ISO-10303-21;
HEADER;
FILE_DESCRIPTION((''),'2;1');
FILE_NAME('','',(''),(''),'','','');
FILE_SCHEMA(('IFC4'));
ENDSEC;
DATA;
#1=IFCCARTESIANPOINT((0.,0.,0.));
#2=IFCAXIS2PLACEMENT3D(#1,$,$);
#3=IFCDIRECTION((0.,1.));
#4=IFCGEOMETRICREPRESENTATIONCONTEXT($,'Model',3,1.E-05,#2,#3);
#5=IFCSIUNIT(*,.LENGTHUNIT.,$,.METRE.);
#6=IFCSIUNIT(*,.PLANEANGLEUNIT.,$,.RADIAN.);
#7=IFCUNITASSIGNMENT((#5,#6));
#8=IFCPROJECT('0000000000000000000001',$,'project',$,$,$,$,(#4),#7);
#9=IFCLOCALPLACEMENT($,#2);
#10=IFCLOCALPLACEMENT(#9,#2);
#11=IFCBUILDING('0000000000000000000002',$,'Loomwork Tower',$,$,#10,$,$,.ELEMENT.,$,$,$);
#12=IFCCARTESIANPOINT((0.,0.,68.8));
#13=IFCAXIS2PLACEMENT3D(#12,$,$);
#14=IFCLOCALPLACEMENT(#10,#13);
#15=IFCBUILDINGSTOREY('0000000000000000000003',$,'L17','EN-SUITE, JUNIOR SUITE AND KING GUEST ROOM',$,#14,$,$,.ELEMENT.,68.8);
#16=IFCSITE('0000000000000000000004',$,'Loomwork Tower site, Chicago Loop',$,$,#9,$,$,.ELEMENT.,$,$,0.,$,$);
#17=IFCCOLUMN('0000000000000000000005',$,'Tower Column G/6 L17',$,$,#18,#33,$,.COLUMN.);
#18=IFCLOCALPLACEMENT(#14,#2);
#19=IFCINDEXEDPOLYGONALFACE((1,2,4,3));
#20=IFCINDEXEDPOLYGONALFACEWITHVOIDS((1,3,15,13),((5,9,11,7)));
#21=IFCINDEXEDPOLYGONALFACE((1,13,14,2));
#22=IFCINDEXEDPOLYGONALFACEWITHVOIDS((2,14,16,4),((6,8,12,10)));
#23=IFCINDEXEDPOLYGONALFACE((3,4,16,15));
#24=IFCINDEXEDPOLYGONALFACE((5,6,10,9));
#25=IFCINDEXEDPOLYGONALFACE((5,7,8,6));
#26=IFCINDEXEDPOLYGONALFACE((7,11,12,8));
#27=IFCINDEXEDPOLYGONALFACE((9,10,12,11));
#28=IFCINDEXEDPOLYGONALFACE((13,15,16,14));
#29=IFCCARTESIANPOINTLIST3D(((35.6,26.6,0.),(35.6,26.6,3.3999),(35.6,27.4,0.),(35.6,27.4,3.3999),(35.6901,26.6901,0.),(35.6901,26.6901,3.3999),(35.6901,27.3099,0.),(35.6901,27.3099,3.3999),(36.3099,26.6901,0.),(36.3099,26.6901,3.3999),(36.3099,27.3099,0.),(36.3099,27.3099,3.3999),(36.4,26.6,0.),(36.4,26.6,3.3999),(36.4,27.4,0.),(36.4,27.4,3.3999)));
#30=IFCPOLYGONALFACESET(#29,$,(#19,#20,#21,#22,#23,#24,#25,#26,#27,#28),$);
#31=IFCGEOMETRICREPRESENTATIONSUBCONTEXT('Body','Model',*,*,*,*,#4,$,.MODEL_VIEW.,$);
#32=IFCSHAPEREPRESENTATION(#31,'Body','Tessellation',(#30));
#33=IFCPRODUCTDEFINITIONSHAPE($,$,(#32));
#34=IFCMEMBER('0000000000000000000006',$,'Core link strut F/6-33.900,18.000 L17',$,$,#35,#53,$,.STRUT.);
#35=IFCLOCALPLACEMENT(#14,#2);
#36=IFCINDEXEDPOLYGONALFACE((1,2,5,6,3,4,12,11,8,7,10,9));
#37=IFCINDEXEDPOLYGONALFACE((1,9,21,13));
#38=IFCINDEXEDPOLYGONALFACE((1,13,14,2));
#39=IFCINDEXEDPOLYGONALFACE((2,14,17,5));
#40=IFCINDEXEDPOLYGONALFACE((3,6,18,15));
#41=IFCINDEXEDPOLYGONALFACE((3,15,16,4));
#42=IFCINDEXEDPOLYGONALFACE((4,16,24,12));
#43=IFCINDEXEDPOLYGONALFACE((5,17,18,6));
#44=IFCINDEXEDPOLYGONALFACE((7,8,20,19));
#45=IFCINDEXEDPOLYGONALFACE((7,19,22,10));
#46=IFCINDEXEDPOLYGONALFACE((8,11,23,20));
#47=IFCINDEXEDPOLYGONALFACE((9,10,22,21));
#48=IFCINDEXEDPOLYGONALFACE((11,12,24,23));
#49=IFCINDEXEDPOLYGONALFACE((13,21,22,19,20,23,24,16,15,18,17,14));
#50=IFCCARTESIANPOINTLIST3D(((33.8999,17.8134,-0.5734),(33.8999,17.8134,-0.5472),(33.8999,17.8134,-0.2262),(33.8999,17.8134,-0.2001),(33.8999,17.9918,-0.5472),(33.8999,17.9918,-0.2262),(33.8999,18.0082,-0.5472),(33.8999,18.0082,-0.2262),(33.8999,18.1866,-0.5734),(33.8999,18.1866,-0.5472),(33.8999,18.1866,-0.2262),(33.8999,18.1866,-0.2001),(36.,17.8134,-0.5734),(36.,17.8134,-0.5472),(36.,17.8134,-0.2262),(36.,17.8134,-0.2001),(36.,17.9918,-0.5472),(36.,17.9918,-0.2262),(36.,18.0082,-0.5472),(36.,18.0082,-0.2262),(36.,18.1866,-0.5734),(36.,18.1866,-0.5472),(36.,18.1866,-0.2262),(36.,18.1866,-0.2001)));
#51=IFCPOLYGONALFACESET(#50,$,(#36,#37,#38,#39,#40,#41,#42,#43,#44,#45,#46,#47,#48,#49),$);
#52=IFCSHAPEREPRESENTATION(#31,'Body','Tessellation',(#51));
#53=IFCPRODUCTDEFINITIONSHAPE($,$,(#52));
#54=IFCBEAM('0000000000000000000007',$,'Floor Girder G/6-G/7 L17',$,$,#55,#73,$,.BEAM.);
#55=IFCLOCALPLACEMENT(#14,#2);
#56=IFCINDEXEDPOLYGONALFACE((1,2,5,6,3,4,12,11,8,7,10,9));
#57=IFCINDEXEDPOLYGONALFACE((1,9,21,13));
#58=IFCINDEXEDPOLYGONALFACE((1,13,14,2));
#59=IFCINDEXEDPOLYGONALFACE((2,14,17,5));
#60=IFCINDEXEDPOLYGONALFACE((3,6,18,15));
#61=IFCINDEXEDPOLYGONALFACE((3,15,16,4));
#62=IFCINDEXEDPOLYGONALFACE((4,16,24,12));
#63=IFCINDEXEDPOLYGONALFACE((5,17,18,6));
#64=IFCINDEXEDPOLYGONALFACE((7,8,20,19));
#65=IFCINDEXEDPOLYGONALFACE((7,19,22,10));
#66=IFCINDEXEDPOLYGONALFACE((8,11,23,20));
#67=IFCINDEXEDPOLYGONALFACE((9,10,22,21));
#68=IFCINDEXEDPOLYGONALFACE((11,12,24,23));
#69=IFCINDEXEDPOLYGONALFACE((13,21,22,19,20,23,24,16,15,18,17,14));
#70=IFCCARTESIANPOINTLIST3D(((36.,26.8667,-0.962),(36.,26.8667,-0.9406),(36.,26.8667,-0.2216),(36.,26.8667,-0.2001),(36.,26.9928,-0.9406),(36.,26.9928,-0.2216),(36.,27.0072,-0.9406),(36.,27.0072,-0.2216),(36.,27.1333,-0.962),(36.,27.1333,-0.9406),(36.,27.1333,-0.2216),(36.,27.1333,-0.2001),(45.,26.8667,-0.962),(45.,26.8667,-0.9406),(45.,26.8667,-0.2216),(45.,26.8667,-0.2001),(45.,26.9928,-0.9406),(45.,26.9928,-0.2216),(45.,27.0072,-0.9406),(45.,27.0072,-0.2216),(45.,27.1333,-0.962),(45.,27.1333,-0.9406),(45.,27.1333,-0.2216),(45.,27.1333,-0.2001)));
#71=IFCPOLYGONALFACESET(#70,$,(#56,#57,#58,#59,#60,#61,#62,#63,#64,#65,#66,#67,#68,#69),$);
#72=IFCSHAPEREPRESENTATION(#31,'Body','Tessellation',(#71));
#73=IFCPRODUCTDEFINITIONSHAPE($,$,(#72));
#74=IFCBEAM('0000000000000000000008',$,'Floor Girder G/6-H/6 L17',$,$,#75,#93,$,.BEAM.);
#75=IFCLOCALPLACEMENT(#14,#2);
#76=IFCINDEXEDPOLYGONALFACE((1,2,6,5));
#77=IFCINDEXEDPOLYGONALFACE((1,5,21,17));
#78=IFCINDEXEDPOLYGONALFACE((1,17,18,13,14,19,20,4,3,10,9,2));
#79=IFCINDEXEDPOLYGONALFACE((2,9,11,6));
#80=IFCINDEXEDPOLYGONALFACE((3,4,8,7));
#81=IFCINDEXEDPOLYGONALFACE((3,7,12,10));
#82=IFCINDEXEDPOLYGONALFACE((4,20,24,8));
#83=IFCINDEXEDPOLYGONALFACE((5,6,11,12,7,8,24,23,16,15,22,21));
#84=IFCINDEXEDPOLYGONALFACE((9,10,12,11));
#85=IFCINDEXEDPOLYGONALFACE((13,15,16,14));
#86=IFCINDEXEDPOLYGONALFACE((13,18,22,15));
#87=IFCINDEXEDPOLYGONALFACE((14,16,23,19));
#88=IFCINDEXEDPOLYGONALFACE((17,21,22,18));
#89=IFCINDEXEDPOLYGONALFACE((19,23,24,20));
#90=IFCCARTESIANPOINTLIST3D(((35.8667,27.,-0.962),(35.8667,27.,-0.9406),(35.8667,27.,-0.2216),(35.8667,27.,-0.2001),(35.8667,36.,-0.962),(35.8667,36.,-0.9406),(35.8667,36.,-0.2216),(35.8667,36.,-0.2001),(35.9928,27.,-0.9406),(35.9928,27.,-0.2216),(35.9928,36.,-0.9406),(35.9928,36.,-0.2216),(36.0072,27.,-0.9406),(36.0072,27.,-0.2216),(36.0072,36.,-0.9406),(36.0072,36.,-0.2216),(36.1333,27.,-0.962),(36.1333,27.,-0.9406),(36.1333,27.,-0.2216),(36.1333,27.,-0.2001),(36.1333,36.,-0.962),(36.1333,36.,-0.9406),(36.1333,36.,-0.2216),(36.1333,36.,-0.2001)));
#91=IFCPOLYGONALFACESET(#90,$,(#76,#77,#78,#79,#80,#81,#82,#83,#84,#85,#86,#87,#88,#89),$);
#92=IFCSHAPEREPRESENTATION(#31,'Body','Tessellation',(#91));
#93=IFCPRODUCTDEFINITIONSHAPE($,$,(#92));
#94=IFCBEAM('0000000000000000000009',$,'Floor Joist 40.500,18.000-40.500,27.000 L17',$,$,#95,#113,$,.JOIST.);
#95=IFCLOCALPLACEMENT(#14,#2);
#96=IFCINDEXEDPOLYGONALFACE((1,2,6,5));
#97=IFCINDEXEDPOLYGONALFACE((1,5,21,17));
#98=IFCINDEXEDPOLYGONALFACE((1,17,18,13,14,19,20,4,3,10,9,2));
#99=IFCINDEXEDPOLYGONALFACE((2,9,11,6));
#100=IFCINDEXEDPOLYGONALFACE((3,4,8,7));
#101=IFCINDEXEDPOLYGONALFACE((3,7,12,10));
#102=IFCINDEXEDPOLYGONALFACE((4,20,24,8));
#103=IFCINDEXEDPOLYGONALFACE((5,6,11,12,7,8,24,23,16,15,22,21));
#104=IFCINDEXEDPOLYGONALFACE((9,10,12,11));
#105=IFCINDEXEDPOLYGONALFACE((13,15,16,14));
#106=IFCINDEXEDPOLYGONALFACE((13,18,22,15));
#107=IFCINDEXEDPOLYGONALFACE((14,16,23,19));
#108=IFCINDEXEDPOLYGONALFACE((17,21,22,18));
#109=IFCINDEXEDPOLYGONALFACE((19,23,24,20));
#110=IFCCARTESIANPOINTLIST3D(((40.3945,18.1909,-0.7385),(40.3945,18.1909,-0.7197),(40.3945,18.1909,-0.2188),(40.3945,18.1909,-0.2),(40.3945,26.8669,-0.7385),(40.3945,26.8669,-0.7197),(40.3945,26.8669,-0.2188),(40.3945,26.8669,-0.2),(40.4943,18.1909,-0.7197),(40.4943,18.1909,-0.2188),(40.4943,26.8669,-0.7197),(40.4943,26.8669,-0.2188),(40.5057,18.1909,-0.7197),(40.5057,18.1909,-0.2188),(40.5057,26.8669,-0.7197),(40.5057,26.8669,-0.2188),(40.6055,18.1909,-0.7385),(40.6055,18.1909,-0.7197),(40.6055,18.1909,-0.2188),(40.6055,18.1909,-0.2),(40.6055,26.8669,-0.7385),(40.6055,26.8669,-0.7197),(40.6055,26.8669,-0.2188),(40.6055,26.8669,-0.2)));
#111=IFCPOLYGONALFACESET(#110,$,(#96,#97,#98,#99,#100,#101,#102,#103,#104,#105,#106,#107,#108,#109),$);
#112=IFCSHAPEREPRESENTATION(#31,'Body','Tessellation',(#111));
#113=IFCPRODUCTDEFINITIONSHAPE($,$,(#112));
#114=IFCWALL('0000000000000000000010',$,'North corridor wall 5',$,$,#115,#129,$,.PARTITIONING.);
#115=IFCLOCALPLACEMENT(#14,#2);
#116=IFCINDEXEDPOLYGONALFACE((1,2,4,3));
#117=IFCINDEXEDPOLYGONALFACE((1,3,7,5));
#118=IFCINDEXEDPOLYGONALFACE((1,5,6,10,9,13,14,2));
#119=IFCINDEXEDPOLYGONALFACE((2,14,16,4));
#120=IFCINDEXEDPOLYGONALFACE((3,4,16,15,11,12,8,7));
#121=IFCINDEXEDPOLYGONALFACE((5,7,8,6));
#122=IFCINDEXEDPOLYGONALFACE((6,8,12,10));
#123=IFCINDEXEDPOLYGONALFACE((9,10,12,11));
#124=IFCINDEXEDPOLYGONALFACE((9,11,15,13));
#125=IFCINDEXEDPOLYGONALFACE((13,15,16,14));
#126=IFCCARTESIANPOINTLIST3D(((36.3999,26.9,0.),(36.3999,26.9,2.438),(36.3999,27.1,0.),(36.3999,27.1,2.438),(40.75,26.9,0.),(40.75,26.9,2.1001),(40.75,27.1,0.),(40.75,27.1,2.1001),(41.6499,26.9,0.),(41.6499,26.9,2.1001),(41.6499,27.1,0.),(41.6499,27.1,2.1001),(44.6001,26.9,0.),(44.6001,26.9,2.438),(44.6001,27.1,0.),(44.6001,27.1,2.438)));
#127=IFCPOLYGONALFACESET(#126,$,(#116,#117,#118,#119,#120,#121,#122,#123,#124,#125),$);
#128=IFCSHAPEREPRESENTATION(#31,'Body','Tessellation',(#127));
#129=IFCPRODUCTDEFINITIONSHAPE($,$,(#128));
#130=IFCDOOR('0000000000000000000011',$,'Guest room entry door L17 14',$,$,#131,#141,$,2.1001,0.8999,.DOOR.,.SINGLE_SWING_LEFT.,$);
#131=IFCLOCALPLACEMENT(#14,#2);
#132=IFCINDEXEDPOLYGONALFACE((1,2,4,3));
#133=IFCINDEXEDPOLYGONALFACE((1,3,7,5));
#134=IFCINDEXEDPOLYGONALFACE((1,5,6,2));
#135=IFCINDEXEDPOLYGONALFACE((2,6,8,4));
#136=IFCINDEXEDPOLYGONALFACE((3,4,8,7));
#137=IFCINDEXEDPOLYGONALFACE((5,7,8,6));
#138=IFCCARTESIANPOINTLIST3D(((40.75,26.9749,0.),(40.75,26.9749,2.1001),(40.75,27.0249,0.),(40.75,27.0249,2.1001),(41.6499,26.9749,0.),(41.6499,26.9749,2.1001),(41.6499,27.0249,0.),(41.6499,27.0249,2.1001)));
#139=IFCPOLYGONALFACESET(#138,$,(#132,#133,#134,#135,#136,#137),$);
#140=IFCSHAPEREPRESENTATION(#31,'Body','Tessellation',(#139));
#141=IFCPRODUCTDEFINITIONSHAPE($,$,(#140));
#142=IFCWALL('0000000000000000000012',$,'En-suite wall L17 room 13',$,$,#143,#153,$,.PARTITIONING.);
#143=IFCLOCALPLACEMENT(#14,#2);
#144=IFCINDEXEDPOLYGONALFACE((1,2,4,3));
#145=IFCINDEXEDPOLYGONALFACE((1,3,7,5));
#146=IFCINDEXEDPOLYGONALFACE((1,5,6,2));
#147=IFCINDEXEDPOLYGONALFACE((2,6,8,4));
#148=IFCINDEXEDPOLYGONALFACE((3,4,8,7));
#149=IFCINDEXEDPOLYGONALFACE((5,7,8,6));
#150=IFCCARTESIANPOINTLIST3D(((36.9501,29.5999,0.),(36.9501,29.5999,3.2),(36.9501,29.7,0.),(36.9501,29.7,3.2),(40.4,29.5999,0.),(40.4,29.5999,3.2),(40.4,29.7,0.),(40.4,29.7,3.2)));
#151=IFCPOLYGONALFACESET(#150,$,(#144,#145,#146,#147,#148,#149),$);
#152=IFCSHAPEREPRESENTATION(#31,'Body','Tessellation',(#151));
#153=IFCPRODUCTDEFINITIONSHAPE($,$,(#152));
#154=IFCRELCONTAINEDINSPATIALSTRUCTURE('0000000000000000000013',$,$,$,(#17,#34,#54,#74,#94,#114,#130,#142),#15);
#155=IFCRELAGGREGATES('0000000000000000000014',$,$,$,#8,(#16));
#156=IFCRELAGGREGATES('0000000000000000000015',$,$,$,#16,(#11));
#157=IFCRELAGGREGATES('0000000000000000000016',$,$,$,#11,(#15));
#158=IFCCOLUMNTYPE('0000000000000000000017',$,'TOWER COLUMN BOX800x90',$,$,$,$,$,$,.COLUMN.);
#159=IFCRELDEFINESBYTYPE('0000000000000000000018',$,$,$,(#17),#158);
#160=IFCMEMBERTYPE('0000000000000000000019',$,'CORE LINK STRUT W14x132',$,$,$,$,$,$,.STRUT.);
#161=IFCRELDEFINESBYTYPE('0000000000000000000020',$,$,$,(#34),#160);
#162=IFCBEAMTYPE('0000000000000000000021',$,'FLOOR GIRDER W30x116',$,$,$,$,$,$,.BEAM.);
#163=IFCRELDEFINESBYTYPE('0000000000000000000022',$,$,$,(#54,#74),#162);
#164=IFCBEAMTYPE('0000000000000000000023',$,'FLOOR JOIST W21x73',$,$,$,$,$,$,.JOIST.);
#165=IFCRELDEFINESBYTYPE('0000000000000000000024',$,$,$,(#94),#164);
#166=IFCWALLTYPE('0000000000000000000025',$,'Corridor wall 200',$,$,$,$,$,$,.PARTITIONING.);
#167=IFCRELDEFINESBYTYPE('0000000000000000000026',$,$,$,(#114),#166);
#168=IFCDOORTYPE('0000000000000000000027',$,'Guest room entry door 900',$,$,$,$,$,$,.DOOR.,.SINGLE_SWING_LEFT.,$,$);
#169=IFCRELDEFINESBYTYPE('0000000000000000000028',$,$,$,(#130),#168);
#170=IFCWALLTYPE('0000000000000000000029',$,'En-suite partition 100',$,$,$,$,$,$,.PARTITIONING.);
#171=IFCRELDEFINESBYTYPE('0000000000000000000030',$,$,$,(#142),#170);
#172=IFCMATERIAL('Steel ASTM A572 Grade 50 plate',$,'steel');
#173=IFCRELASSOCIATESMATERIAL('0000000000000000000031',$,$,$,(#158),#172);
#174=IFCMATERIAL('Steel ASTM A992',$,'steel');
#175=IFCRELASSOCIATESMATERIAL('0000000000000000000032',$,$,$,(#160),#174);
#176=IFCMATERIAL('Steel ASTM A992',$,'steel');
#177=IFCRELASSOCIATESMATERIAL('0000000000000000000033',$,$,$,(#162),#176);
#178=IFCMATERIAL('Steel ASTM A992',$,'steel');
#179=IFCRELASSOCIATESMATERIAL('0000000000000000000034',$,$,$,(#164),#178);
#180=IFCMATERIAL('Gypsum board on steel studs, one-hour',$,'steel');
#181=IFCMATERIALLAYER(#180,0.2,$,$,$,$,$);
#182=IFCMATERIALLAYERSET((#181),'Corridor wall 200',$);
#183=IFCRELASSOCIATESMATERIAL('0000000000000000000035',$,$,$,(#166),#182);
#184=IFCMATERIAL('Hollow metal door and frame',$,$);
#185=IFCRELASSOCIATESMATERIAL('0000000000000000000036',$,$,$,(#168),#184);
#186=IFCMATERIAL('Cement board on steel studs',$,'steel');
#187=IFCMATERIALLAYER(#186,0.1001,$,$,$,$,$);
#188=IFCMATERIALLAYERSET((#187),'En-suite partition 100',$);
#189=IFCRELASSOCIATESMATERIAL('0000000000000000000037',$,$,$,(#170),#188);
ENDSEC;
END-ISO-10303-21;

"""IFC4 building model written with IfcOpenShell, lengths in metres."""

from ifc_helpers import new_model, si_unit, direction, frame, frame_2d, origin, origin_2d, place, context, subcontext, project, spatial, rectangle, hollow_rectangle, i_section, extrude, material, layer, layer_set, material_profile, profile_set, type_object, element, fill, save


model = new_model("IFC4")

# Units and contexts
model_context = context("Model", 3, precision=1e-05, world=origin(), true_north=direction((0.0, 1.0)))
body_context = subcontext(model_context, "Body", "Model", "MODEL_VIEW")
ifc_project = project(units=[si_unit("LENGTHUNIT", "METRE"), si_unit("PLANEANGLEUNIT", "RADIAN")], contexts=[model_context])

# Site, building, storey
site_placement = place(None, origin())
site = spatial("IfcSite", under=ifc_project, at=site_placement, Name="Loomwork Tower site, Chicago Loop", CompositionType="ELEMENT", RefElevation=0.0)
building_placement = place(site_placement, origin())
building = spatial("IfcBuilding", under=site, at=building_placement, Name="Loomwork Tower", CompositionType="ELEMENT")
storey_placement = place(building_placement, frame((0.0, 0.0, 68.8)))
storey = spatial("IfcBuildingStorey", under=building, at=storey_placement, Name="L17", Description="EN-SUITE, JUNIOR SUITE AND KING GUEST ROOM", CompositionType="ELEMENT", Elevation=68.8)

# Column
ifc_material_1 = material(Name="Steel ASTM A572 Grade 50 plate", Category="steel")
ifc_material_profile_1 = material_profile(ifc_material_1, hollow_rectangle(XDim=0.8, YDim=0.8, WallThickness=0.0901, at=origin_2d()), Name="BOX800x90")
ifc_profile_set_1 = profile_set([ifc_material_profile_1], Name="Steel ASTM A572 Grade 50 plate")
column_type = type_object("IfcColumnType", Name="TOWER COLUMN BOX800x90", PredefinedType="COLUMN", material=ifc_profile_set_1)
column_placement = place(storey_placement, frame((36.0, 27.0, 0.0), z_axis=(0.0, 0.0, 1.0), x_axis=(1.0, 0.0, 0.0)))
element("IfcColumn", 1, at=column_placement, inside=storey, type_object=column_type, Name="Tower Column G/6 L17", PredefinedType="COLUMN", context=body_context, shape_type="SweptSolid", body=[
    extrude(hollow_rectangle(XDim=0.8, YDim=0.8, WallThickness=0.0901, at=origin_2d()), origin(), (0.0, 0.0, 1.0), 3.3999),
])

# Member
ifc_material_2 = material(Name="Steel ASTM A992", Category="steel")
ifc_material_profile_2 = material_profile(ifc_material_2, i_section(OverallWidth=0.3733, OverallDepth=0.3733, WebThickness=0.0164, FlangeThickness=0.0261, at=origin_2d()), Name="W14x132")
ifc_profile_set_2 = profile_set([ifc_material_profile_2], Name="Steel ASTM A992")
member_type = type_object("IfcMemberType", Name="CORE LINK STRUT W14x132", PredefinedType="STRUT", material=ifc_profile_set_2)
member_placement = place(storey_placement, frame((36.0, 18.0, -0.3867), z_axis=(-1.0, 0.0, 0.0), x_axis=(0.0, -1.0, 0.0)))
element("IfcMember", 2, at=member_placement, inside=storey, type_object=member_type, Name="Core link strut F/6-33.900,18.000 L17", PredefinedType="STRUT", context=body_context, shape_type="SweptSolid", body=[
    extrude(i_section(OverallWidth=0.3733, OverallDepth=0.3733, WebThickness=0.0164, FlangeThickness=0.0261, at=origin_2d()), origin(), (0.0, 0.0, 1.0), 2.1001),
])

# Beams
ifc_material_3 = material(Name="Steel ASTM A992", Category="steel")
ifc_material_profile_3 = material_profile(ifc_material_3, i_section(OverallWidth=0.2666, OverallDepth=0.762, WebThickness=0.0144, FlangeThickness=0.0215, at=origin_2d()), Name="W30x116")
ifc_profile_set_3 = profile_set([ifc_material_profile_3], Name="Steel ASTM A992")
beam_type_1 = type_object("IfcBeamType", Name="FLOOR GIRDER W30x116", PredefinedType="BEAM", material=ifc_profile_set_3)
for number, where, z_axis, x_axis, name in (
    (3, (36.0, 27.0, -0.5811), (1.0, 0.0, 0.0), (0.0, 1.0, 0.0), "Floor Girder G/6-G/7 L17"),
    (4, (36.0, 27.0, -0.5811), (0.0, 1.0, 0.0), (-1.0, 0.0, 0.0), "Floor Girder G/6-H/6 L17"),
):
    element("IfcBeam", number, at=place(storey_placement, frame(where, z_axis=z_axis, x_axis=x_axis)), inside=storey, type_object=beam_type_1, Name=name, PredefinedType="BEAM", context=body_context, shape_type="SweptSolid", body=[
        extrude(i_section(OverallWidth=0.2666, OverallDepth=0.762, WebThickness=0.0144, FlangeThickness=0.0215, at=origin_2d()), origin(), (0.0, 0.0, 1.0), 9.0),
    ])
ifc_material_4 = material(Name="Steel ASTM A992", Category="steel")
ifc_material_profile_4 = material_profile(ifc_material_4, i_section(OverallWidth=0.2109, OverallDepth=0.5386, WebThickness=0.0115, FlangeThickness=0.0188, at=origin_2d()), Name="W21x73")
ifc_profile_set_4 = profile_set([ifc_material_profile_4], Name="Steel ASTM A992")
beam_type_2 = type_object("IfcBeamType", Name="FLOOR JOIST W21x73", PredefinedType="JOIST", material=ifc_profile_set_4)
beam_placement = place(storey_placement, frame((40.5, 18.1909, -0.4692), z_axis=(0.0, 1.0, 0.0), x_axis=(-1.0, 0.0, 0.0)))
element("IfcBeam", 5, at=beam_placement, inside=storey, type_object=beam_type_2, Name="Floor Joist 40.500,18.000-40.500,27.000 L17", PredefinedType="JOIST", context=body_context, shape_type="SweptSolid", body=[
    extrude(i_section(OverallWidth=0.2109, OverallDepth=0.5386, WebThickness=0.0115, FlangeThickness=0.0188, at=origin_2d()), origin(), (0.0, 0.0, 1.0), 8.676),
])

# Wall, opening, door
ifc_material_5 = material(Name="Gypsum board on steel studs, one-hour", Category="steel")
ifc_layer_1 = layer(ifc_material_5, 0.2)
ifc_layer_set_1 = layer_set([ifc_layer_1], Name="Corridor wall 200")
wall_type_1 = type_object("IfcWallType", Name="Corridor wall 200", PredefinedType="PARTITIONING", material=ifc_layer_set_1)
wall_1_placement = place(storey_placement, frame((36.3999, 27.0, 0.0), z_axis=(0.0, 0.0, 1.0), x_axis=(1.0, 0.0, 0.0)))
wall_1 = element("IfcWall", 6, at=wall_1_placement, inside=storey, type_object=wall_type_1, Name="North corridor wall 5", PredefinedType="PARTITIONING", context=body_context, shape_type="SweptSolid", body=[
    extrude(rectangle(XDim=8.2002, YDim=0.2, at=frame_2d((4.1001, 0.0))), origin(), (0.0, 0.0, 1.0), 2.438),
])
opening_1_placement = place(wall_1_placement, frame((4.3501, 0.0, 0.0)))
opening_1 = element("IfcOpeningElement", 7, at=opening_1_placement, cuts=wall_1, PredefinedType="OPENING", context=body_context, shape_type="SweptSolid", body=[
    extrude(rectangle(XDim=0.8999, YDim=2.1001, at=frame_2d((0.45, 1.05))), frame((0.0, 0.1099, 0.0), z_axis=(0.0, -1.0, 0.0), x_axis=(1.0, 0.0, 0.0)), (0.0, 0.0, 1.0), 0.22),
])
ifc_material_6 = material(Name="Hollow metal door and frame")
door_type_1 = type_object("IfcDoorType", Name="Guest room entry door 900", OperationType="SINGLE_SWING_LEFT", PredefinedType="DOOR", material=ifc_material_6)
door_1_placement = place(opening_1_placement, origin())
door_1 = element("IfcDoor", 8, at=door_1_placement, inside=storey, type_object=door_type_1, Name="Guest room entry door L17 14", OperationType="SINGLE_SWING_LEFT", OverallHeight=2.1001, OverallWidth=0.8999, PredefinedType="DOOR", context=body_context, shape_type="SweptSolid", body=[
    extrude(rectangle(XDim=0.8999, YDim=2.1001, at=frame_2d((0.45, 1.05))), frame((0.0, 0.0249, 0.0), z_axis=(0.0, -1.0, 0.0), x_axis=(1.0, 0.0, 0.0)), (0.0, 0.0, 1.0), 0.05),
])
fill(opening_1, door_1)

# Wall
ifc_material_7 = material(Name="Cement board on steel studs", Category="steel")
ifc_layer_2 = layer(ifc_material_7, 0.1001)
ifc_layer_set_2 = layer_set([ifc_layer_2], Name="En-suite partition 100")
wall_type_2 = type_object("IfcWallType", Name="En-suite partition 100", PredefinedType="PARTITIONING", material=ifc_layer_set_2)
wall_2_placement = place(storey_placement, frame((36.95, 29.6499, 0.0), z_axis=(0.0, 0.0, 1.0), x_axis=(1.0, 0.0, 0.0)))
element("IfcWall", 9, at=wall_2_placement, inside=storey, type_object=wall_type_2, Name="En-suite wall L17 room 13", PredefinedType="PARTITIONING", context=body_context, shape_type="SweptSolid", body=[
    extrude(rectangle(XDim=3.45, YDim=0.1001, at=frame_2d((1.7251, 0.0))), origin(), (0.0, 0.0, 1.0), 3.2),
])

save(model, "model.ifc")
